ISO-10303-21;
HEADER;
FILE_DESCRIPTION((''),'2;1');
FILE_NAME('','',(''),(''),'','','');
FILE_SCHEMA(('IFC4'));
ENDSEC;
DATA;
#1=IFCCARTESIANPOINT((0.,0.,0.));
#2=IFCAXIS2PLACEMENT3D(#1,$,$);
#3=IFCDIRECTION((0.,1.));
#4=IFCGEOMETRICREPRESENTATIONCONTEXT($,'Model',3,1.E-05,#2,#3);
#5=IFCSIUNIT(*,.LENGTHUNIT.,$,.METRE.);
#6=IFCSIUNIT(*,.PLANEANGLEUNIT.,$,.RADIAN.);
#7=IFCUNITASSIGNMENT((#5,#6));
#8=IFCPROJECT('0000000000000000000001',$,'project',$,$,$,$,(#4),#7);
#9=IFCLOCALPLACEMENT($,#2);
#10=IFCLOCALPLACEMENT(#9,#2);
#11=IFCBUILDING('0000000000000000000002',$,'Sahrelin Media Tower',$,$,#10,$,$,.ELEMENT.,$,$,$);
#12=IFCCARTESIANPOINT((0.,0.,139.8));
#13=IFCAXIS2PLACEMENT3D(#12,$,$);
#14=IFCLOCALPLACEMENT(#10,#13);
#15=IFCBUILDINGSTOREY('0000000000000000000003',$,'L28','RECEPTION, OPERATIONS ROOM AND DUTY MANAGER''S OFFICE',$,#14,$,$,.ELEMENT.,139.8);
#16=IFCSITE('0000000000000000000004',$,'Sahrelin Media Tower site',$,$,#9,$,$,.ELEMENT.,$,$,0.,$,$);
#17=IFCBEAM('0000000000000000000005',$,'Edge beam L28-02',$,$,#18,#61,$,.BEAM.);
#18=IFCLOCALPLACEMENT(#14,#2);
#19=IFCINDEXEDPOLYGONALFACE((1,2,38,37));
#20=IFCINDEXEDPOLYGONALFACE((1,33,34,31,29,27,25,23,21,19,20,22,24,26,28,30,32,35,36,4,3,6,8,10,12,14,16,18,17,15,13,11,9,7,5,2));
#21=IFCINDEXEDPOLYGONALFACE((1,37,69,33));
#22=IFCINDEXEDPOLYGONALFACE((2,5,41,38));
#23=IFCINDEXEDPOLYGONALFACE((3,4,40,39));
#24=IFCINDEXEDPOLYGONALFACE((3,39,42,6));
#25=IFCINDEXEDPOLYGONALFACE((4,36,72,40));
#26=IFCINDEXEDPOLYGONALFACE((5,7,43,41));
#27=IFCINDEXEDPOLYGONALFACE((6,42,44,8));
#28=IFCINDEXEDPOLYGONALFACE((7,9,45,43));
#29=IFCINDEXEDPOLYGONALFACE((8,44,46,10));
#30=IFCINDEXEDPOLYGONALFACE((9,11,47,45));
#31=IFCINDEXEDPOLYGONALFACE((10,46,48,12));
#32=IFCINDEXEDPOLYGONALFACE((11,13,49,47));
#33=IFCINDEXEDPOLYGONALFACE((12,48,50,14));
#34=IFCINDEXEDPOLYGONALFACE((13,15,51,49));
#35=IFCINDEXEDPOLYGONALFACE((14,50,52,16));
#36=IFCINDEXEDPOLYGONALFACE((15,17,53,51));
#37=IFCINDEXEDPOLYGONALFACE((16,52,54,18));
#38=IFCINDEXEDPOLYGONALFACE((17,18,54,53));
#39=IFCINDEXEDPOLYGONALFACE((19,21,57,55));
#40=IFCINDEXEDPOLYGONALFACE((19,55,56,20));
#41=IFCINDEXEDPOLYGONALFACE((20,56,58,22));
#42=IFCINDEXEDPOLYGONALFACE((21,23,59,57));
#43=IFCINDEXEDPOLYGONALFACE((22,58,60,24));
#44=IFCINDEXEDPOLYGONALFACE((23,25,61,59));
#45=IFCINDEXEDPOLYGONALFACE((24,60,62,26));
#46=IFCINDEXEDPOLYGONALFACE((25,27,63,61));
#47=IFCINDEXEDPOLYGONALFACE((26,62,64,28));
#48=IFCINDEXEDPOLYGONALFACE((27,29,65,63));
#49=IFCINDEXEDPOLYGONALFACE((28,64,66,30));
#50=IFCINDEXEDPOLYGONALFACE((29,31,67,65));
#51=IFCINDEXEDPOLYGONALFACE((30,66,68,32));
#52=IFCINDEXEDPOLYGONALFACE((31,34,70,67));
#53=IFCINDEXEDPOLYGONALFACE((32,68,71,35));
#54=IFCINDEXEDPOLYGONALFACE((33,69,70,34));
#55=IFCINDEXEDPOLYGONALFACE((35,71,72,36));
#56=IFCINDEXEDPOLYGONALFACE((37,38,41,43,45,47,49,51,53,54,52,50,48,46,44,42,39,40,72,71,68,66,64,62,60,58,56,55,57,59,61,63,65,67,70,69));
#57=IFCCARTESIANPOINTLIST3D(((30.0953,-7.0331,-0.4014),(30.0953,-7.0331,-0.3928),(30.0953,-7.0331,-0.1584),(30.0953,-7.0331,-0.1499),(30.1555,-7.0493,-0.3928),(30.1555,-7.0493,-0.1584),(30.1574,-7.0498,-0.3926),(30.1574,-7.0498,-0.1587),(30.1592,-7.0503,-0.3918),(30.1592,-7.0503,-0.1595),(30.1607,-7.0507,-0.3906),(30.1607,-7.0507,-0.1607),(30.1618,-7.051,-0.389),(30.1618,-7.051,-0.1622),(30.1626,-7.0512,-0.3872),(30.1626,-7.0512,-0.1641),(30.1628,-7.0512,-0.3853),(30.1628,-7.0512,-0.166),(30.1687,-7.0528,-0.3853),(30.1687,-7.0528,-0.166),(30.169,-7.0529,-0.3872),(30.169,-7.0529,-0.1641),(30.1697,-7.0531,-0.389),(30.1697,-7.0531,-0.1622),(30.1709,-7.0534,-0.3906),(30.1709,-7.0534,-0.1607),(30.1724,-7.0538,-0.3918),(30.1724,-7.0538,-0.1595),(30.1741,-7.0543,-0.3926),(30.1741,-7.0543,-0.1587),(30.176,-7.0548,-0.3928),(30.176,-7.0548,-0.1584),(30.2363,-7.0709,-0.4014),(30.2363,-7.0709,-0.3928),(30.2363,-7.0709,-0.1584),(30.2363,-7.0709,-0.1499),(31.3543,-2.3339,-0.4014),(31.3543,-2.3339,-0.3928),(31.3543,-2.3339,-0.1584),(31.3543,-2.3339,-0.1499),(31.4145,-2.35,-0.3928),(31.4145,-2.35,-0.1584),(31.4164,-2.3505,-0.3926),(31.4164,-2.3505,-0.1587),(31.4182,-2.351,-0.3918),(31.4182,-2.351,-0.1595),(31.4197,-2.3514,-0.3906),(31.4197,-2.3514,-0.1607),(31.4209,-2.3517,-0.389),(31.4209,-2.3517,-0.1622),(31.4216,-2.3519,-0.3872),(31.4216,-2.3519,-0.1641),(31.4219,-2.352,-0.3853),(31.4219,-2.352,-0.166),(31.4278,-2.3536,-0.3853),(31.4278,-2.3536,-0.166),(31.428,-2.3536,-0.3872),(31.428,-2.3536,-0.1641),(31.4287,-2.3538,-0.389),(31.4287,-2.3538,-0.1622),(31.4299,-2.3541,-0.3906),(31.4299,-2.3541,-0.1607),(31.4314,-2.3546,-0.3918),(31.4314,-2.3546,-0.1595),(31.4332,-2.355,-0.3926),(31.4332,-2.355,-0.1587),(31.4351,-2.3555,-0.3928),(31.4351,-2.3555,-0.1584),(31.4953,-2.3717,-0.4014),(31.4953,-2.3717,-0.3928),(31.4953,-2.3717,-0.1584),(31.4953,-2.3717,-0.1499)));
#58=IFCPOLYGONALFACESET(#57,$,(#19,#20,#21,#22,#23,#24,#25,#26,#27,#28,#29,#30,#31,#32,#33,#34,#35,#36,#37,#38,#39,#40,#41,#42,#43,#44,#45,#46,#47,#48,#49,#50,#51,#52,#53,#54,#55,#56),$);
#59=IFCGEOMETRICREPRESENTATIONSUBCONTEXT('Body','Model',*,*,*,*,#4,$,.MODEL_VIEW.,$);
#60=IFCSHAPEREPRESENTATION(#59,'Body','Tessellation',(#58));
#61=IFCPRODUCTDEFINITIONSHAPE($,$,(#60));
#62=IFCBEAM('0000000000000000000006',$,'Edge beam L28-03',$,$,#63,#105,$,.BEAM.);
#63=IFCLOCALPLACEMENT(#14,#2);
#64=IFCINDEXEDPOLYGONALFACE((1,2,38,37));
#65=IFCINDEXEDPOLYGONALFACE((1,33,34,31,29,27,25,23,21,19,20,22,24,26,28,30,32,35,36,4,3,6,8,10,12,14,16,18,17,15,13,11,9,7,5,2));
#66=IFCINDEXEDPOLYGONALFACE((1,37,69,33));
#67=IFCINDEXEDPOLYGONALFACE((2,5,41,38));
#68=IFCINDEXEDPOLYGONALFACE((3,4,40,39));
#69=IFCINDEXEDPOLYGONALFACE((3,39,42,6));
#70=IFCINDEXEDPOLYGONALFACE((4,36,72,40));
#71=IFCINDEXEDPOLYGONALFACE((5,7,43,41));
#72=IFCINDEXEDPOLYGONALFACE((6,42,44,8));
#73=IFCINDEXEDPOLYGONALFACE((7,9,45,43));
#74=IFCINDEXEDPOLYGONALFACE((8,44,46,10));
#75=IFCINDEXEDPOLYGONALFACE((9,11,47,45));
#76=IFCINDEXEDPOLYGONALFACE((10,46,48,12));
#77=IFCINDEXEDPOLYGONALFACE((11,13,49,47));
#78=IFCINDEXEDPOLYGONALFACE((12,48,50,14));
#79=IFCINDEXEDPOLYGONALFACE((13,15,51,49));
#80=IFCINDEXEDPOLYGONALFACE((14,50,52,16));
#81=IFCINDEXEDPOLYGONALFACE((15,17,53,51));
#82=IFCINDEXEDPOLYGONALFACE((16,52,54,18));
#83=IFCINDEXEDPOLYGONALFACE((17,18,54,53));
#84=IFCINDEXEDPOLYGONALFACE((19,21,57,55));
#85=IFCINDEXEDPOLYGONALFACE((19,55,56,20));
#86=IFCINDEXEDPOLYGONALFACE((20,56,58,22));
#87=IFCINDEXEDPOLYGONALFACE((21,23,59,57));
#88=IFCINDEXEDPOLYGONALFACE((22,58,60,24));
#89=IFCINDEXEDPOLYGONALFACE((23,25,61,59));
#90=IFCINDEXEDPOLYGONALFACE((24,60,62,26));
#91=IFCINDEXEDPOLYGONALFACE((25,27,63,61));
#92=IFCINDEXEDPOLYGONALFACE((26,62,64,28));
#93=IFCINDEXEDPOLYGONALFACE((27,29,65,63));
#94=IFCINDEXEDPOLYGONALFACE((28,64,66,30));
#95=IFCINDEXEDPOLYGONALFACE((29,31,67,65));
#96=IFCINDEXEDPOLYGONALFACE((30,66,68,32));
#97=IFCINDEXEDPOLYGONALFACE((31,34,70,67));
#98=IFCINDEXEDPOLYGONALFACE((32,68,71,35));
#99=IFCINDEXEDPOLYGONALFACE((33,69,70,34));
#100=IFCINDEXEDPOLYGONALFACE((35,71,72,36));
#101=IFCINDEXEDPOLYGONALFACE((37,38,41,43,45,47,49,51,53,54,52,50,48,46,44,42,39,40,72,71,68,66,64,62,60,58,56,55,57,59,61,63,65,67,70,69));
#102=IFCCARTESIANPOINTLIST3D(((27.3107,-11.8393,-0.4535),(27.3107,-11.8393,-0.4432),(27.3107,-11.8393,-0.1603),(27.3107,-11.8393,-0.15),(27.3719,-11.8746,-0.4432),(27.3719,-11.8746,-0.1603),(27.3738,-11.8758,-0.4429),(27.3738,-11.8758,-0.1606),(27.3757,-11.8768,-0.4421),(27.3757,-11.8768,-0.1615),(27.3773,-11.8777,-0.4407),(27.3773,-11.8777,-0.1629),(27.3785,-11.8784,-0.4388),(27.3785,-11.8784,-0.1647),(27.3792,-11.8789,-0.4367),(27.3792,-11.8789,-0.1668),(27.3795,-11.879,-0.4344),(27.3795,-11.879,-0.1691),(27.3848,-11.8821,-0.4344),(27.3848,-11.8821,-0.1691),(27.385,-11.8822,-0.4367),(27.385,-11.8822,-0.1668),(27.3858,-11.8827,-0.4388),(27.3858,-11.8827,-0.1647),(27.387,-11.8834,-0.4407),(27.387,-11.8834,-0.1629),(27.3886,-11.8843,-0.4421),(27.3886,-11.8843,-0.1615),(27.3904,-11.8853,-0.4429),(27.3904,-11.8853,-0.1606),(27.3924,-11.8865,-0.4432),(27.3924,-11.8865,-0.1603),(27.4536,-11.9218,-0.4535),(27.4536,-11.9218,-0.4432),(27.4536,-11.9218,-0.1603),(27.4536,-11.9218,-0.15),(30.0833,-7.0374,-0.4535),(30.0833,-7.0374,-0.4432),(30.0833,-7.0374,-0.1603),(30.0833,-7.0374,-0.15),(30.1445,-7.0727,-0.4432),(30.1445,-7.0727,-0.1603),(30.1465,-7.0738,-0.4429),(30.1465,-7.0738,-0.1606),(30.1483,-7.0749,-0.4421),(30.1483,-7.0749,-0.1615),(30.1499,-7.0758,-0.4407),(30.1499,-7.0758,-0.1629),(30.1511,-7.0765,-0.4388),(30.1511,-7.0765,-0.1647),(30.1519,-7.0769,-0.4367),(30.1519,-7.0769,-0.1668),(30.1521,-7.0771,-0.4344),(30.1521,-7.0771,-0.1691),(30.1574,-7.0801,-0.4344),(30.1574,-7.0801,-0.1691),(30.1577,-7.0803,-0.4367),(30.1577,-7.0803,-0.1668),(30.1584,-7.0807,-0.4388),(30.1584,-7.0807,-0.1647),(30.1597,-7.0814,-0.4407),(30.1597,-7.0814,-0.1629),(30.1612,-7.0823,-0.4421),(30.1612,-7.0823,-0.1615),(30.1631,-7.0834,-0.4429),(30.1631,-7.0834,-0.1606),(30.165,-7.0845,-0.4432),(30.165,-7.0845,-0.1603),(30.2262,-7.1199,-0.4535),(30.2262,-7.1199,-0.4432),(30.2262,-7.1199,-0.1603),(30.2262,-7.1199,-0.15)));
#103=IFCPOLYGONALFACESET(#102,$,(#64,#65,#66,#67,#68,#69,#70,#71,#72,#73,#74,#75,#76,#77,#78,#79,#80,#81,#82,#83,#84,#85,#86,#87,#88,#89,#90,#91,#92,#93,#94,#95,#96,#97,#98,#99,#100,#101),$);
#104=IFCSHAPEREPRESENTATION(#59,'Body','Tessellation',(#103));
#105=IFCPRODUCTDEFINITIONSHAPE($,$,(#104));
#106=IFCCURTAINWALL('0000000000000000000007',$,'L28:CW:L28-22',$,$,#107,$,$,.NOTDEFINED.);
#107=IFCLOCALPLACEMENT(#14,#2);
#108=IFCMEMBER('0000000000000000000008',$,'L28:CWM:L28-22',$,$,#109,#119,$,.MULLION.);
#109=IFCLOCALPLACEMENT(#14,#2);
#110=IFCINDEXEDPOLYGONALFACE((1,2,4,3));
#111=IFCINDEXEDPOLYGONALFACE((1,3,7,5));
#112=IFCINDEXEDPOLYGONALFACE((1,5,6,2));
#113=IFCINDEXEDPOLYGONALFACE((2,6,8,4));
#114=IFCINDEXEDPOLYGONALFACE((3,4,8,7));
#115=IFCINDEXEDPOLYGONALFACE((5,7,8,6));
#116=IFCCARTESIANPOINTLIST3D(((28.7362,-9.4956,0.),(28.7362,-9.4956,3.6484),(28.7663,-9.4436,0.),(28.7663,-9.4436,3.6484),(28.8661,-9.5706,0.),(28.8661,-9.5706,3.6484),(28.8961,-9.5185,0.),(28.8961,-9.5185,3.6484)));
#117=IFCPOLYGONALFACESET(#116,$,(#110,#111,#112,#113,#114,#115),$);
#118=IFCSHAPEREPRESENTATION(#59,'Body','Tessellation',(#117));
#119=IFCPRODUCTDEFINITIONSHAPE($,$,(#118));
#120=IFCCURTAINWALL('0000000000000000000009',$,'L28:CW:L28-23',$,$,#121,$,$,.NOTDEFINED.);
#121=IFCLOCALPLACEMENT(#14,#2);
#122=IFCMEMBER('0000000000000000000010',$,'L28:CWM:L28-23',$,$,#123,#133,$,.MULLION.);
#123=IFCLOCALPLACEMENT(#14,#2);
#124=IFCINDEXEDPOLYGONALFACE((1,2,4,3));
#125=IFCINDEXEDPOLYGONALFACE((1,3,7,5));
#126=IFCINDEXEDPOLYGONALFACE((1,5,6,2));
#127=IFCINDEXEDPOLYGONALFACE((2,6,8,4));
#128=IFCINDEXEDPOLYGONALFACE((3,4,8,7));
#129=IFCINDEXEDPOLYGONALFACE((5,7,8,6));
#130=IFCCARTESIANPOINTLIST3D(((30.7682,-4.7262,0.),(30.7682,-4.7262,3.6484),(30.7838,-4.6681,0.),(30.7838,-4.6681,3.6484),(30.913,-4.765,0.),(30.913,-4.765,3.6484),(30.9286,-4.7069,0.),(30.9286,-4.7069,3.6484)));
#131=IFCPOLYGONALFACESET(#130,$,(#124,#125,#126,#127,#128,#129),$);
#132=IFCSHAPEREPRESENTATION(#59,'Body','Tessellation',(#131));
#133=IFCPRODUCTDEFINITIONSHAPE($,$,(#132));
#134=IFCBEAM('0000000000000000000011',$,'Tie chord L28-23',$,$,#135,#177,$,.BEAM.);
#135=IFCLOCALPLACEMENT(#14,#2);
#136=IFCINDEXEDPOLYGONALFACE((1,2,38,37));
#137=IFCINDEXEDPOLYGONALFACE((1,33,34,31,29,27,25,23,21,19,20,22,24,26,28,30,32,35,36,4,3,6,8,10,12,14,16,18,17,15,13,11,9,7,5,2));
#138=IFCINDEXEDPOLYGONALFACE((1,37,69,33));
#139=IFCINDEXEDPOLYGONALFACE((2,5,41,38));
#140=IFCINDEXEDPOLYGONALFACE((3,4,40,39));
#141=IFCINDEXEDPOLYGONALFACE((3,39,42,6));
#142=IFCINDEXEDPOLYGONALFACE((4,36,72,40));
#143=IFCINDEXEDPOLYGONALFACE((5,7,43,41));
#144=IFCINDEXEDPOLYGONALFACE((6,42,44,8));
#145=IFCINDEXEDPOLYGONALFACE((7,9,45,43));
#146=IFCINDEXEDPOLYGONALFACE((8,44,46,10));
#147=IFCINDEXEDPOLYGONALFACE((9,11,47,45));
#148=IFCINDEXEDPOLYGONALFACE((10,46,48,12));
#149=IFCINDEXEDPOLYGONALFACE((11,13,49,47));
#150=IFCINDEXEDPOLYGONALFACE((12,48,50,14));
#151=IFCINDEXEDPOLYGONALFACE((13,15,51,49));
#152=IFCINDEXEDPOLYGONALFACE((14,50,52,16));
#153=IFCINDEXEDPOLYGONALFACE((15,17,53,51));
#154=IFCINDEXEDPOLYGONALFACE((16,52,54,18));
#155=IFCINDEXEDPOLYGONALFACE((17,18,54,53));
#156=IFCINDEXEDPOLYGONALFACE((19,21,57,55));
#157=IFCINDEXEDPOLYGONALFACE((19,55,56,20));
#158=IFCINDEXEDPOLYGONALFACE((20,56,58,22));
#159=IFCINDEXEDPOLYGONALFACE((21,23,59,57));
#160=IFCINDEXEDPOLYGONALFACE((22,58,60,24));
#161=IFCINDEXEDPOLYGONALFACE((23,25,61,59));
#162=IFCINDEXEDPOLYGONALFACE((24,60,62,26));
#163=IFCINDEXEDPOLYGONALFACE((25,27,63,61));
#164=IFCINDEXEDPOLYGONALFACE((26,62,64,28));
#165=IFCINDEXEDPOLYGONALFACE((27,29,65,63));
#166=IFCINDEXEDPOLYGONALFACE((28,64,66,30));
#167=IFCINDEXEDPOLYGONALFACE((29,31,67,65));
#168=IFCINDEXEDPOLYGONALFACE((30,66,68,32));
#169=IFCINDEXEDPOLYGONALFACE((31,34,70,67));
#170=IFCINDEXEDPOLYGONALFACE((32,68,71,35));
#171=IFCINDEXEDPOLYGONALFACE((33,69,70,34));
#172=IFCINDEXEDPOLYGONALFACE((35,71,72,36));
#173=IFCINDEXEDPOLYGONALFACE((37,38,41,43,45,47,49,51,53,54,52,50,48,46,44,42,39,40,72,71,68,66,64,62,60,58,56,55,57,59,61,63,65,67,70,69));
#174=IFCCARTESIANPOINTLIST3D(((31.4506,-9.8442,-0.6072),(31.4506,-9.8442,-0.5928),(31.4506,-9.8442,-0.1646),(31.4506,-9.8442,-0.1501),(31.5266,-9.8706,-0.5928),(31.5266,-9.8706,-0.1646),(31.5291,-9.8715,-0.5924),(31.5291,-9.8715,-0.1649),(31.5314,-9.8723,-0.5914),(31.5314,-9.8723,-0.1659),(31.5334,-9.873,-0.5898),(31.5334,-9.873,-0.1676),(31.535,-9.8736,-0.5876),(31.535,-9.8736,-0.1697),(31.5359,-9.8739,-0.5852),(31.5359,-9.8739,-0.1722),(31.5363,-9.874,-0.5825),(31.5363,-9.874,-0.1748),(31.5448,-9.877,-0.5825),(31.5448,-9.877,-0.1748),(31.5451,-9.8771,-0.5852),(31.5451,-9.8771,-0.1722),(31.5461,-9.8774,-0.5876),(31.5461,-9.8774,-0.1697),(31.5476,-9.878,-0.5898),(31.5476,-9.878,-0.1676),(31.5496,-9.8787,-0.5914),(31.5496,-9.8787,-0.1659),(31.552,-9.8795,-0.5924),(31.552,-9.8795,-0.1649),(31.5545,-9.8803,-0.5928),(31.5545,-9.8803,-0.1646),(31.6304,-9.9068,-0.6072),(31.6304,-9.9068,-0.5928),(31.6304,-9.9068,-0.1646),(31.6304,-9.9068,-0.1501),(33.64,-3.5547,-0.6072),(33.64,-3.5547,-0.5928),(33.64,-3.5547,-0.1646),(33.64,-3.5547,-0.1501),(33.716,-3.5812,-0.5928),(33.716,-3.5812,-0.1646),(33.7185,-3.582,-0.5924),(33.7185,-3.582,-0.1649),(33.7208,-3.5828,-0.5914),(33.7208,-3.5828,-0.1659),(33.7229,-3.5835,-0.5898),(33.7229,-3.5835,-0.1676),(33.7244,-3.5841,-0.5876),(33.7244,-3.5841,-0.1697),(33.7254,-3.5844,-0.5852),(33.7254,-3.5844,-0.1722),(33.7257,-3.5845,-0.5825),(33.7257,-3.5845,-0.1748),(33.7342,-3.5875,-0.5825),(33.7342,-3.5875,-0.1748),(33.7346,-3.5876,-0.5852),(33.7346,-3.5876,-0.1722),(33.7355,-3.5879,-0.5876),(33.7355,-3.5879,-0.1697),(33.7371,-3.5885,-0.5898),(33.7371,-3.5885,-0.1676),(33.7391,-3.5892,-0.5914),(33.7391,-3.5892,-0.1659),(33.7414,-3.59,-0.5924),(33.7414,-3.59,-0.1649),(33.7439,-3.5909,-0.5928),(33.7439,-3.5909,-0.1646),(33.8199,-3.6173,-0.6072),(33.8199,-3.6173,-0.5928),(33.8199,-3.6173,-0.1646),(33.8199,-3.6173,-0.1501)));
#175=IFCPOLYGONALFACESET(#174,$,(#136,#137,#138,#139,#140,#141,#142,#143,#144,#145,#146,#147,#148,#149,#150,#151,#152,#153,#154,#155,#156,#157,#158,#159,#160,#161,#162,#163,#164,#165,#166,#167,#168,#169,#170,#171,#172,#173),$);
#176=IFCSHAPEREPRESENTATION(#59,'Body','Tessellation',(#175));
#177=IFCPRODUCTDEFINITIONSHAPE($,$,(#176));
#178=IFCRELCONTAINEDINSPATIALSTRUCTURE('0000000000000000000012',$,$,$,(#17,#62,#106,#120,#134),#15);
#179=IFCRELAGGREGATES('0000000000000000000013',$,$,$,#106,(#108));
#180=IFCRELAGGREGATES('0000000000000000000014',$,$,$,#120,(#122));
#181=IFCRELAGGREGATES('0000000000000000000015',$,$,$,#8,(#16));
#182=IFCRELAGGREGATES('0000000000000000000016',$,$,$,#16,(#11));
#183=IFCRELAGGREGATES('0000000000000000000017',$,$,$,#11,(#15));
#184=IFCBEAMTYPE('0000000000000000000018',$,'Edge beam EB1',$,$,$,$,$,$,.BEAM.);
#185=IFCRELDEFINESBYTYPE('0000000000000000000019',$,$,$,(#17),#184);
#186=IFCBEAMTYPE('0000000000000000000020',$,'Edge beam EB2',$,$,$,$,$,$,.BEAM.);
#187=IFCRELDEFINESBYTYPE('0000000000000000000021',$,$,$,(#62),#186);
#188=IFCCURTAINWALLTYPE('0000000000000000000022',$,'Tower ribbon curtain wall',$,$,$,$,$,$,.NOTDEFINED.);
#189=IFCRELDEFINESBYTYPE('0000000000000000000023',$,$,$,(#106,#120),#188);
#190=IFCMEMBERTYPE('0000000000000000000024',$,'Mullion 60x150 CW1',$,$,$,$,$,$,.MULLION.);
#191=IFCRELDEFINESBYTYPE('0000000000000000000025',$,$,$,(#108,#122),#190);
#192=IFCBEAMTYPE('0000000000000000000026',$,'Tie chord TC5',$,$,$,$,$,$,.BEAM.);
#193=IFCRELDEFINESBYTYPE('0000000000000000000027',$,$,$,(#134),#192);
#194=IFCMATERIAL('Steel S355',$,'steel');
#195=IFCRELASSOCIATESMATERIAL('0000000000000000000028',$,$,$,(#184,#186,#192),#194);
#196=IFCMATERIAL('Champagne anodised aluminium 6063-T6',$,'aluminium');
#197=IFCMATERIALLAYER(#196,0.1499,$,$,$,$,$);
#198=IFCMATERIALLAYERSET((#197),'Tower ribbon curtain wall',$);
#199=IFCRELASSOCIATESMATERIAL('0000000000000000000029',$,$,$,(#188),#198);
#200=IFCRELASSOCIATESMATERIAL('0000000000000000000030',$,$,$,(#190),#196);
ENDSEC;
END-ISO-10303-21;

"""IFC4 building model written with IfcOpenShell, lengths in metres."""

from ifc_helpers import new_model, si_unit, direction, frame, origin, origin_2d, place, context, subcontext, project, spatial, rectangle, i_section, extrude, material, layer, layer_set, material_profile, profile_set, type_object, element, aggregate, save


model = new_model("IFC4")

# Units and contexts
model_context = context("Model", 3, precision=1e-05, world=origin(), true_north=direction((0.0, 1.0)))
body_context = subcontext(model_context, "Body", "Model", "MODEL_VIEW")
ifc_project = project(units=[si_unit("LENGTHUNIT", "METRE"), si_unit("PLANEANGLEUNIT", "RADIAN")], contexts=[model_context])

# Site, building, storey
site_placement = place(None, origin())
site = spatial("IfcSite", under=ifc_project, at=site_placement, Name="Sahrelin Media Tower site", CompositionType="ELEMENT", RefElevation=0.0)
building_placement = place(site_placement, origin())
building = spatial("IfcBuilding", under=site, at=building_placement, Name="Sahrelin Media Tower", CompositionType="ELEMENT")
storey_placement = place(building_placement, frame((0.0, 0.0, 139.8)))
storey = spatial("IfcBuildingStorey", under=building, at=storey_placement, Name="L28", Description="RECEPTION, OPERATIONS ROOM AND DUTY MANAGER'S OFFICE", CompositionType="ELEMENT", Elevation=139.8)

# Beams
ifc_material_1 = material(Name="Steel S355", Category="steel")
ifc_material_profile_1 = material_profile(ifc_material_1, i_section(OverallWidth=0.146, OverallDepth=0.2515, WebThickness=0.0061, FlangeThickness=0.0085, FilletRadius=0.0076, at=origin_2d()), Name="UB 254x146x31")
ifc_profile_set_1 = profile_set([ifc_material_profile_1], Name="Steel S355")
beam_type_1 = type_object("IfcBeamType", Name="Edge beam EB1", PredefinedType="BEAM", material=ifc_profile_set_1)
beam_1_placement = place(storey_placement, frame((31.4248, -2.3528, -0.2756), z_axis=(-0.258796, -0.965932, 0.0), x_axis=(0.965932, -0.258796, 0.0)))
element("IfcBeam", 1, at=beam_1_placement, inside=storey, type_object=beam_type_1, Name="Edge beam L28-02", PredefinedType="BEAM", context=body_context, shape_type="SweptSolid", body=[
    extrude(i_section(OverallWidth=0.146, OverallDepth=0.2515, WebThickness=0.0061, FlangeThickness=0.0085, FilletRadius=0.0076, at=origin_2d()), origin(), (0.0, 0.0, 1.0), 4.865),
])
ifc_material_profile_2 = material_profile(ifc_material_1, i_section(OverallWidth=0.165, OverallDepth=0.3035, WebThickness=0.0061, FlangeThickness=0.0103, FilletRadius=0.0088, at=origin_2d()), Name="UB 305x165x40")
ifc_profile_set_2 = profile_set([ifc_material_profile_2], Name="Steel S355")
beam_type_2 = type_object("IfcBeamType", Name="Edge beam EB2", PredefinedType="BEAM", material=ifc_profile_set_2)
beam_2_placement = place(storey_placement, frame((30.1548, -7.0786, -0.3018), z_axis=(-0.500036, -0.866004, 0.0), x_axis=(0.866004, -0.500036, 0.0)))
element("IfcBeam", 2, at=beam_2_placement, inside=storey, type_object=beam_type_2, Name="Edge beam L28-03", PredefinedType="BEAM", context=body_context, shape_type="SweptSolid", body=[
    extrude(i_section(OverallWidth=0.165, OverallDepth=0.3035, WebThickness=0.0061, FlangeThickness=0.0103, FilletRadius=0.0088, at=origin_2d()), origin(), (0.0, 0.0, 1.0), 5.5449),
])

# Curtain walls, members
ifc_material_2 = material(Name="Champagne anodised aluminium 6063-T6", Category="aluminium")
ifc_layer_1 = layer(ifc_material_2, 0.1499)
ifc_layer_set_1 = layer_set([ifc_layer_1], Name="Tower ribbon curtain wall")
curtain_wall_type = type_object("IfcCurtainWallType", Name="Tower ribbon curtain wall", PredefinedType="NOTDEFINED", material=ifc_layer_set_1)
curtain_wall_1_placement = place(storey_placement, frame((28.8984, -9.5547, 0.0), z_axis=(0.0, 0.0, 1.0), x_axis=(1.0, 0.0, 0.0)))
curtain_wall_1 = element("IfcCurtainWall", 3, at=curtain_wall_1_placement, inside=storey, type_object=curtain_wall_type, Name="L28:CW:L28-22", PredefinedType="NOTDEFINED")
ifc_material_profile_3 = material_profile(ifc_material_2, rectangle(XDim=0.0601, YDim=0.1499, at=origin_2d()), Name="Mullion 60x150")
ifc_profile_set_3 = profile_set([ifc_material_profile_3], Name="Champagne anodised aluminium 6063-T6")
member_type_1 = type_object("IfcMemberType", Name="Mullion 60x150 CW1", PredefinedType="MULLION", material=ifc_profile_set_3)
member_1_placement = place(storey_placement, frame((28.8162, -9.5071, 0.0), z_axis=(0.0, 0.0, 1.0), x_axis=(0.499994, 0.866029, 0.0)))
member_1 = element("IfcMember", 4, at=member_1_placement, type_object=member_type_1, Name="L28:CWM:L28-22", PredefinedType="MULLION", context=body_context, shape_type="SweptSolid", body=[
    extrude(rectangle(XDim=0.0601, YDim=0.1499, at=origin_2d()), origin(), (0.0, 0.0, 1.0), 3.6484),
])
aggregate(curtain_wall_1, [member_1])
curtain_wall_2_placement = place(storey_placement, frame((30.9402, -4.7412, 0.0), z_axis=(0.0, 0.0, 1.0), x_axis=(1.0, 0.0, 0.0)))
curtain_wall_2 = element("IfcCurtainWall", 5, at=curtain_wall_2_placement, inside=storey, type_object=curtain_wall_type, Name="L28:CW:L28-23", PredefinedType="NOTDEFINED")
member_2_placement = place(storey_placement, frame((30.8484, -4.7166, 0.0), z_axis=(0.0, 0.0, 1.0), x_axis=(0.258827, 0.965924, 0.0)))
member_2 = element("IfcMember", 6, at=member_2_placement, type_object=member_type_1, Name="L28:CWM:L28-23", PredefinedType="MULLION", context=body_context, shape_type="SweptSolid", body=[
    extrude(rectangle(XDim=0.0601, YDim=0.1499, at=origin_2d()), origin(), (0.0, 0.0, 1.0), 3.6484),
])

# Beam
ifc_material_profile_4 = material_profile(ifc_material_1, i_section(OverallWidth=0.1904, OverallDepth=0.457, WebThickness=0.009, FlangeThickness=0.0144, FilletRadius=0.0103, at=origin_2d()), Name="UB 457x191x74")
ifc_profile_set_4 = profile_set([ifc_material_profile_4], Name="Steel S355")
beam_type_3 = type_object("IfcBeamType", Name="Tie chord TC5", PredefinedType="BEAM", material=ifc_profile_set_4)
beam_3_placement = place(storey_placement, frame((31.5405, -9.8755, -0.3787), z_axis=(0.328759, 0.944414, 0.0), x_axis=(-0.944414, 0.328759, 0.0)))
element("IfcBeam", 7, at=beam_3_placement, inside=storey, type_object=beam_type_3, Name="Tie chord L28-23", PredefinedType="BEAM", context=body_context, shape_type="SweptSolid", body=[
    extrude(i_section(OverallWidth=0.1904, OverallDepth=0.457, WebThickness=0.009, FlangeThickness=0.0144, FilletRadius=0.0103, at=origin_2d()), origin(), (0.0, 0.0, 1.0), 6.6597),
])

aggregate(curtain_wall_2, [member_2])

save(model, "model.ifc")
